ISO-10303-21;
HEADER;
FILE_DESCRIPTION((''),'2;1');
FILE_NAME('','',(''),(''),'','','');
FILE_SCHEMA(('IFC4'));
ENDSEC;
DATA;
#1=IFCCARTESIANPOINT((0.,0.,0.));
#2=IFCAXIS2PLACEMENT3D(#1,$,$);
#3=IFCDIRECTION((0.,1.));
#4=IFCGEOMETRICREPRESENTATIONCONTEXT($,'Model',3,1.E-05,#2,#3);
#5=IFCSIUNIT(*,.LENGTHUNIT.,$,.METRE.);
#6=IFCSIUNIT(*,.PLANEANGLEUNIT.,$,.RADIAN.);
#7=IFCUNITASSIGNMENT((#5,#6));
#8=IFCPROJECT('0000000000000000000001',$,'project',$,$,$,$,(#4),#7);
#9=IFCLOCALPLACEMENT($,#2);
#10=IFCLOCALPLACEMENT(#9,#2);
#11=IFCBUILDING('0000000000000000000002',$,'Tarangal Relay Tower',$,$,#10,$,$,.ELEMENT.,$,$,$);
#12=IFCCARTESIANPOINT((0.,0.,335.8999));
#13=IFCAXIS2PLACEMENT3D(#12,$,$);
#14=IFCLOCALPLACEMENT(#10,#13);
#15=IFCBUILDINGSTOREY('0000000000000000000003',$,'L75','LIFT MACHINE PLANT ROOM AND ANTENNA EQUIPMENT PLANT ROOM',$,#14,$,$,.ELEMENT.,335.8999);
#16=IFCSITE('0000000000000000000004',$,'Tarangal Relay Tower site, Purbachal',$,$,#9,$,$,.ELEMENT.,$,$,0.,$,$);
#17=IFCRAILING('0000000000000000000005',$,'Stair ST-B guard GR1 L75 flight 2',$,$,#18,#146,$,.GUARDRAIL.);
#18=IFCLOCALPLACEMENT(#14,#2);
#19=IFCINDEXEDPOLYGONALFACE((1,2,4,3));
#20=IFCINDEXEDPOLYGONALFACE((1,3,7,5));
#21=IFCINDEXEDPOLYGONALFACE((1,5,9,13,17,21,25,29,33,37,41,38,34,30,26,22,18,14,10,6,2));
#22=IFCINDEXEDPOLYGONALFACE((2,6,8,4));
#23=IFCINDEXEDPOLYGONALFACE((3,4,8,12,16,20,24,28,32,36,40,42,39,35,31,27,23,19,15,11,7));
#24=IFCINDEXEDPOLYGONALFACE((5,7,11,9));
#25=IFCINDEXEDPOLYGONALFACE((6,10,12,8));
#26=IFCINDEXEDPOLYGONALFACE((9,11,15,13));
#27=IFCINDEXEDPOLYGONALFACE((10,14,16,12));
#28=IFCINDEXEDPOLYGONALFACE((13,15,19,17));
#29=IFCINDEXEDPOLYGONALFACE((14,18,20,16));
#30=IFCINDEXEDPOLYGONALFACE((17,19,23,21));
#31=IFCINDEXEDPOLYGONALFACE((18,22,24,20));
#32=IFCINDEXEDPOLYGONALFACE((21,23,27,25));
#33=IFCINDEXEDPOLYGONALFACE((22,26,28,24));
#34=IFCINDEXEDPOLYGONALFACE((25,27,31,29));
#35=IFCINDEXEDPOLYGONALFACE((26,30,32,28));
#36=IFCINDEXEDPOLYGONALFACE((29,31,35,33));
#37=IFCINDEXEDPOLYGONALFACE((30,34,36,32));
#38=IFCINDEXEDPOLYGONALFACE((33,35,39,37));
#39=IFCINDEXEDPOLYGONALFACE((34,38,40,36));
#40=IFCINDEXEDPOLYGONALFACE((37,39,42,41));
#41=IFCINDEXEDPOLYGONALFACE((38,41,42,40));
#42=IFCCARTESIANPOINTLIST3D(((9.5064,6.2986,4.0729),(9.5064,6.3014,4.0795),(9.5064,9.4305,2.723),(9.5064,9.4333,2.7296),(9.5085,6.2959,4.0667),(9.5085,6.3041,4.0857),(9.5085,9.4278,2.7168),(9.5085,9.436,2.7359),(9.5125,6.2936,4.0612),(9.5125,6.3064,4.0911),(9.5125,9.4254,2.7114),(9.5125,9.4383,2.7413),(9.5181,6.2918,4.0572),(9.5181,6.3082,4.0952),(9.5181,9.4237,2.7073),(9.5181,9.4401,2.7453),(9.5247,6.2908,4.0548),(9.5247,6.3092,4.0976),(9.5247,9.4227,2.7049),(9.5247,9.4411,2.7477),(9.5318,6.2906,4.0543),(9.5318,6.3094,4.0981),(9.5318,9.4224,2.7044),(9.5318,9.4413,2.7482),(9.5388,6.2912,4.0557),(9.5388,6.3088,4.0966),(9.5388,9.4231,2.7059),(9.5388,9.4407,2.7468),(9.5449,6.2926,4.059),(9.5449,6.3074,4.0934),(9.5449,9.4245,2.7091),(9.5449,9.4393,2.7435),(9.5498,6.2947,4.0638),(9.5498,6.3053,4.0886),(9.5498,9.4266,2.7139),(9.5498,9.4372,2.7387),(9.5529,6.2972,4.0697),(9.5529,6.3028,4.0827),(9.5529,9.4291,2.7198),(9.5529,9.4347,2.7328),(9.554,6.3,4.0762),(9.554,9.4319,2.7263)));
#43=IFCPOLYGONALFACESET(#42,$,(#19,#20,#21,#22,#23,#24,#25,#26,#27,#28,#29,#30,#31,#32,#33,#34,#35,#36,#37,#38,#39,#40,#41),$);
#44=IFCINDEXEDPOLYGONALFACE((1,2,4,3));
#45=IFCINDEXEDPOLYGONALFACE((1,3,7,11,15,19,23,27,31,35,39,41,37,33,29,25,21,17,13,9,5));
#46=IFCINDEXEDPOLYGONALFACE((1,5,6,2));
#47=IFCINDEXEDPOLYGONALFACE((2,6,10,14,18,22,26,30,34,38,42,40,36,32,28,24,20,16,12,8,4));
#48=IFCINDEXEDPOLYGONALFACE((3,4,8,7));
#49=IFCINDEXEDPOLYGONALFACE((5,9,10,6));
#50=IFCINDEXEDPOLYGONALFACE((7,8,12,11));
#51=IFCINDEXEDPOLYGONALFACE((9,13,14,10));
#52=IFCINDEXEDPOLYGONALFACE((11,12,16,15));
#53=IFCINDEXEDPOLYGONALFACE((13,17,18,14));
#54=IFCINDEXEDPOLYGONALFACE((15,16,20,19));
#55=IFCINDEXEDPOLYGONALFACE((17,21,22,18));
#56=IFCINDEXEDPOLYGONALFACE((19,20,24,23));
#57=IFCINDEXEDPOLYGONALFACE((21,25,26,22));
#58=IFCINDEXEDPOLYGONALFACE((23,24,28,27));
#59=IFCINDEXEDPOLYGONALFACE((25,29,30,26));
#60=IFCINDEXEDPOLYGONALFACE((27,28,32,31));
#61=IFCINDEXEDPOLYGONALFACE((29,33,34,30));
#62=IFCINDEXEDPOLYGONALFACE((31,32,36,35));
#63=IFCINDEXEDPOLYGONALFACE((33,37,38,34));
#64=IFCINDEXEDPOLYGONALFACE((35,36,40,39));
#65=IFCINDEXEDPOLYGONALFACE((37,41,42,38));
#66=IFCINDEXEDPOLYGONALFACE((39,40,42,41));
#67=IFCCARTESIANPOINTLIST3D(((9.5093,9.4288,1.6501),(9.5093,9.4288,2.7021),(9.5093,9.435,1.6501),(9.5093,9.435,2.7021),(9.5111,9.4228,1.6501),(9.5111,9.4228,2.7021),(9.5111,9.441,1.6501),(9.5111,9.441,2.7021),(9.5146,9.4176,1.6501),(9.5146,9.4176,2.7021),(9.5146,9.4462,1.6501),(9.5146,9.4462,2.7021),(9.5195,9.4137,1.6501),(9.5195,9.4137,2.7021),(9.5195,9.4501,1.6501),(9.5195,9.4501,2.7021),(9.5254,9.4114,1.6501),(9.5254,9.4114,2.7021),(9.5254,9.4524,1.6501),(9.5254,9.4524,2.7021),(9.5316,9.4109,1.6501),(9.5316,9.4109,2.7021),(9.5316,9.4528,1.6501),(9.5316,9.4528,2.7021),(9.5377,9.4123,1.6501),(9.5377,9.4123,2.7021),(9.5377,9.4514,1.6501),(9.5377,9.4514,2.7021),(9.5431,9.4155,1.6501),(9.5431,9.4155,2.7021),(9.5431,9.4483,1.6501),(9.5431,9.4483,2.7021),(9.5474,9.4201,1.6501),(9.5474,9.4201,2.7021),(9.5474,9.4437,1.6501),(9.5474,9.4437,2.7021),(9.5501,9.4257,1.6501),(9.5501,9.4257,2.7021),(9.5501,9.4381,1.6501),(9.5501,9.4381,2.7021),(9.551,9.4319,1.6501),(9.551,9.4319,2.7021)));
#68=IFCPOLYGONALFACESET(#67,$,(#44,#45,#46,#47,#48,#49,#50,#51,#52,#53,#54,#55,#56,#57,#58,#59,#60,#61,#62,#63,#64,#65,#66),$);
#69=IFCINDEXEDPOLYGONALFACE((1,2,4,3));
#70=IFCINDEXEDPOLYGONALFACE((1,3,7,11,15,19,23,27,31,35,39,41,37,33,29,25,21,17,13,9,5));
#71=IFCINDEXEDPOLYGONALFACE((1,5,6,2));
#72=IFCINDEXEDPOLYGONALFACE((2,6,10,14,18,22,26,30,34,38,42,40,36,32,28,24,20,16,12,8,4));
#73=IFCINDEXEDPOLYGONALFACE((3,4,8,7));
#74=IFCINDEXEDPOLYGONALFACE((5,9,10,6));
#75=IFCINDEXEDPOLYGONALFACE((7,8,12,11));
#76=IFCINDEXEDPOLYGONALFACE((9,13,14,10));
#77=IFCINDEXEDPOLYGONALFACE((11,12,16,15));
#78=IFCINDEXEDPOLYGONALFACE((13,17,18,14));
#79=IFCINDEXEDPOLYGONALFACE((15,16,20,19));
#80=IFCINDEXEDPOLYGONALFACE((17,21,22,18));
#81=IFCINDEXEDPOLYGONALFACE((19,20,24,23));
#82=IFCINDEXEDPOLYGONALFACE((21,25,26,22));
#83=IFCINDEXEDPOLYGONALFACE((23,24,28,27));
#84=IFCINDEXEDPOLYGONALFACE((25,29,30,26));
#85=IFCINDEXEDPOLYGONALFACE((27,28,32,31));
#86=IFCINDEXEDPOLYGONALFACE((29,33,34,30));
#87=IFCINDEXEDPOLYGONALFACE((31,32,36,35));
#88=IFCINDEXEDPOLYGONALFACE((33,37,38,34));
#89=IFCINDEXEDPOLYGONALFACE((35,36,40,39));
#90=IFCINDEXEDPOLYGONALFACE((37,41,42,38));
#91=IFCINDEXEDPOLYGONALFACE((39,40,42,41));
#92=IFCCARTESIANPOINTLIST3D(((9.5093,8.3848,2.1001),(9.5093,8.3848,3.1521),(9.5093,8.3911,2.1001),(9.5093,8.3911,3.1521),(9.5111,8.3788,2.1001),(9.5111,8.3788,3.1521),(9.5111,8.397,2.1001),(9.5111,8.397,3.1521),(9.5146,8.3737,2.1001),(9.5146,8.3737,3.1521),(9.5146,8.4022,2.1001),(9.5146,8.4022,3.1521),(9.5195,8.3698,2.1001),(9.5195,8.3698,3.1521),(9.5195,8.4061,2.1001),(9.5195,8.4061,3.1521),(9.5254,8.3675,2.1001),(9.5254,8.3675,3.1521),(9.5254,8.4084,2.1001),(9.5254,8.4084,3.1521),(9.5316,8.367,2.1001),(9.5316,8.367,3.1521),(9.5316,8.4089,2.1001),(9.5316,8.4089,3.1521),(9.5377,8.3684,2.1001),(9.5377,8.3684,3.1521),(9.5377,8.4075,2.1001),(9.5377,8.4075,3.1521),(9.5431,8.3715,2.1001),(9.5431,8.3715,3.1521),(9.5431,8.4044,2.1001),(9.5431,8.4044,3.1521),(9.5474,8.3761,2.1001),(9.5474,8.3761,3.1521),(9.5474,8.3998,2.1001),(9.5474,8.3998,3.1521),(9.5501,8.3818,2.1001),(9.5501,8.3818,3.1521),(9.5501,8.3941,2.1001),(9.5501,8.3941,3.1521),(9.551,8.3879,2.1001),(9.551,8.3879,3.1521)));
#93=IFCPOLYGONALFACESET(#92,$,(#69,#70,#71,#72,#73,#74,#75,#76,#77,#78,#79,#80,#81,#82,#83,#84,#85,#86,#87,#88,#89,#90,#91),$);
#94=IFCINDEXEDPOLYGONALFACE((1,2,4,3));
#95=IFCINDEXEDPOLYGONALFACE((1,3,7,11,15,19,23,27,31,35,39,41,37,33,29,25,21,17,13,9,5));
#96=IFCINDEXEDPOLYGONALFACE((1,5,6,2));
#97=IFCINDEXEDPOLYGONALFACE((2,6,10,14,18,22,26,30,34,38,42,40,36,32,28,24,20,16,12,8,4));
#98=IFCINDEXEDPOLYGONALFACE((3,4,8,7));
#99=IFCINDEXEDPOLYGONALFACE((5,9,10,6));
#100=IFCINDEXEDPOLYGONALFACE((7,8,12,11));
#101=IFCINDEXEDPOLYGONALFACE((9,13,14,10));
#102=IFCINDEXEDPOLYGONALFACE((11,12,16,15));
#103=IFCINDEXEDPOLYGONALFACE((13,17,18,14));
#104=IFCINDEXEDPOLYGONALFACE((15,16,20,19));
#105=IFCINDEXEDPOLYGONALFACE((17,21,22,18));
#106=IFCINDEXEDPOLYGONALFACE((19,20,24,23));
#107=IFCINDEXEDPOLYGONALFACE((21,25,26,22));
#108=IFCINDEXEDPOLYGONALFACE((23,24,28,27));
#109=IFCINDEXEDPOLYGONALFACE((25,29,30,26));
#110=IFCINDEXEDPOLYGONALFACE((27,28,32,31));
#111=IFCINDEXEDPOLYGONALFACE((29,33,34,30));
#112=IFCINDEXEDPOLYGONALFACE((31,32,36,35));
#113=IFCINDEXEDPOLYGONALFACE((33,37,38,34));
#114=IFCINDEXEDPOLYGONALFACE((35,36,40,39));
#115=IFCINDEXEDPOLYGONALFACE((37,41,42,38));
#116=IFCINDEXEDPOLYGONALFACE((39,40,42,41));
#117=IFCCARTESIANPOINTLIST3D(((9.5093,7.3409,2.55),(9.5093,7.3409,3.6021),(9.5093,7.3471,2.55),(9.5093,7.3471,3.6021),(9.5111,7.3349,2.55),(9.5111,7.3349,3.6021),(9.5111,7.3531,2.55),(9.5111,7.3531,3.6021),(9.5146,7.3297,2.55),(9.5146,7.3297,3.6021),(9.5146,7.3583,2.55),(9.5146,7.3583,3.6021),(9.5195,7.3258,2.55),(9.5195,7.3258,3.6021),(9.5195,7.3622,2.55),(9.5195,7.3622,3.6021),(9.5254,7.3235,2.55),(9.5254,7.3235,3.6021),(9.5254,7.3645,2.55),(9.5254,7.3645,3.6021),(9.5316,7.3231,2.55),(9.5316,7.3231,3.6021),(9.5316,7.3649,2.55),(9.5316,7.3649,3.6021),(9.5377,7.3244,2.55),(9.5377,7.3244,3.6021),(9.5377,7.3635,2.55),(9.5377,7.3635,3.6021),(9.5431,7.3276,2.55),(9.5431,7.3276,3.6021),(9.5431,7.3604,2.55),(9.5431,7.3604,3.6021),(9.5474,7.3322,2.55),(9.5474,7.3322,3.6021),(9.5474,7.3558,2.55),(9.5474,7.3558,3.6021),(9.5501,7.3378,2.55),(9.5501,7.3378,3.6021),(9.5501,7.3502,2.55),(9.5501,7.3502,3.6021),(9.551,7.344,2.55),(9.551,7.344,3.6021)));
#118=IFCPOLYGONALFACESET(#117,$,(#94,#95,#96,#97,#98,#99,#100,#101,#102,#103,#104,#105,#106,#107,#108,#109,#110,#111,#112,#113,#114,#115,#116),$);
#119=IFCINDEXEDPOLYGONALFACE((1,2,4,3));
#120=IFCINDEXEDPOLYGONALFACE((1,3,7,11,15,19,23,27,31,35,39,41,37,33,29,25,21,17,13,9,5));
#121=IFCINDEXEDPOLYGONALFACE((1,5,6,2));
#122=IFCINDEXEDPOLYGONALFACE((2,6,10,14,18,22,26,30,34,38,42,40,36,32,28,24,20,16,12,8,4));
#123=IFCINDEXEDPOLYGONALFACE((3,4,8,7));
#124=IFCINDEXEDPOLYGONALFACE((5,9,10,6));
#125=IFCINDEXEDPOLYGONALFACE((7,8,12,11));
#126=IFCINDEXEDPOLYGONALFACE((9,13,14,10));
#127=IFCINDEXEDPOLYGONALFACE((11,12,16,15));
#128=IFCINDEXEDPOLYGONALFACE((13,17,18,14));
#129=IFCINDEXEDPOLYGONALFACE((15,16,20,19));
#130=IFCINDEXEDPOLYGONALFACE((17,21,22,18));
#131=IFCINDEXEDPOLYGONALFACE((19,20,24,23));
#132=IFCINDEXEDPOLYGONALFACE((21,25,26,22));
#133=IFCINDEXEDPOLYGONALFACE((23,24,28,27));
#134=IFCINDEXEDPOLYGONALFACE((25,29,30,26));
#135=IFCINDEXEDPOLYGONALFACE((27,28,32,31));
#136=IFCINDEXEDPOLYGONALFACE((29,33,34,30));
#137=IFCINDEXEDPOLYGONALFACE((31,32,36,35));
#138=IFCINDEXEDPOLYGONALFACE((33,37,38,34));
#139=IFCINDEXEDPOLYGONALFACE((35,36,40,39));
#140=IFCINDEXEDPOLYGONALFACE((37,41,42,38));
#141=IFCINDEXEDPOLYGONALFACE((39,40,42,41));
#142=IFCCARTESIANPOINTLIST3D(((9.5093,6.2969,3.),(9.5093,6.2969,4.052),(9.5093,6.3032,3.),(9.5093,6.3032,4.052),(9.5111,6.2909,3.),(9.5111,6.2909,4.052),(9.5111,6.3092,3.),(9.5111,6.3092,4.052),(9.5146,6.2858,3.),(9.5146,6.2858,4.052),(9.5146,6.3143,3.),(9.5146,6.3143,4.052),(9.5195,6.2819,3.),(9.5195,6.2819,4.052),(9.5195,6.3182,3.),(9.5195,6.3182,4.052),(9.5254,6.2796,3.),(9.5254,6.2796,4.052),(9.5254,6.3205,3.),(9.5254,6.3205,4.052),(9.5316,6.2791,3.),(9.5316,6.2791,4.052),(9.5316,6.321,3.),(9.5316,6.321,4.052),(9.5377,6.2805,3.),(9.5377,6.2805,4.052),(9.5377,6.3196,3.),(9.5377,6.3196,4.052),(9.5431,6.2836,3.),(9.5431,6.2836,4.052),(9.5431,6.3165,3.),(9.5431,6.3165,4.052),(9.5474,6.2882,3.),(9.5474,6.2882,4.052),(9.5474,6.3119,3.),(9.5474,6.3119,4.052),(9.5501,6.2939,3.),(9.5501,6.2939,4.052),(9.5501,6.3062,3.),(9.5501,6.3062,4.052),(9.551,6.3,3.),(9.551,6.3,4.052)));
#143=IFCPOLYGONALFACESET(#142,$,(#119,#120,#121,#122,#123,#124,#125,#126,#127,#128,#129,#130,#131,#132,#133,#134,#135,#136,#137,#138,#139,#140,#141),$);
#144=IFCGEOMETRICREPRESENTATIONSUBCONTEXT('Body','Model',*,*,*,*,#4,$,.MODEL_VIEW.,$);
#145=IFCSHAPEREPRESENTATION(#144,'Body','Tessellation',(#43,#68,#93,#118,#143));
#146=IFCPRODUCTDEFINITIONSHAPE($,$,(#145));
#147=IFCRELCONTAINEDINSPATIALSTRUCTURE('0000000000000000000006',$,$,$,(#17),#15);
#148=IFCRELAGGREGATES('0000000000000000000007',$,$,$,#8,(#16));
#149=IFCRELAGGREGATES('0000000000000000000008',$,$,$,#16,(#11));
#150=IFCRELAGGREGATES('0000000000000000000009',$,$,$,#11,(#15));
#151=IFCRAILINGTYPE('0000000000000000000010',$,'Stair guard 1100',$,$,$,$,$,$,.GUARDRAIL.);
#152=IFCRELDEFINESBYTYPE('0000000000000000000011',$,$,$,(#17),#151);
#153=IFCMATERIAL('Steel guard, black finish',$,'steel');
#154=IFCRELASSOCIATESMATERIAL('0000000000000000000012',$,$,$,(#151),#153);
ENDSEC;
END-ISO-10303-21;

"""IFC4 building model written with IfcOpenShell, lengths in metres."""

from ifc_helpers import new_model, si_unit, direction, frame, origin, origin_2d, place, context, subcontext, project, spatial, circle, extrude, material, type_object, element, save


model = new_model("IFC4")

# Units and contexts
model_context = context("Model", 3, precision=1e-05, world=origin(), true_north=direction((0.0, 1.0)))
body_context = subcontext(model_context, "Body", "Model", "MODEL_VIEW")
ifc_project = project(units=[si_unit("LENGTHUNIT", "METRE"), si_unit("PLANEANGLEUNIT", "RADIAN")], contexts=[model_context])

# Site, building, storey
site_placement = place(None, origin())
site = spatial("IfcSite", under=ifc_project, at=site_placement, Name="Tarangal Relay Tower site, Purbachal", CompositionType="ELEMENT", RefElevation=0.0)
building_placement = place(site_placement, origin())
building = spatial("IfcBuilding", under=site, at=building_placement, Name="Tarangal Relay Tower", CompositionType="ELEMENT")
storey_placement = place(building_placement, frame((0.0, 0.0, 335.8999)))
storey = spatial("IfcBuildingStorey", under=building, at=storey_placement, Name="L75", Description="LIFT MACHINE PLANT ROOM AND ANTENNA EQUIPMENT PLANT ROOM", CompositionType="ELEMENT", Elevation=335.8999)

# Railing
ifc_material_1 = material(Name="Steel guard, black finish", Category="steel")
railing_type_1 = type_object("IfcRailingType", Name="Stair guard 1100", PredefinedType="GUARDRAIL", material=ifc_material_1)
railing_1_placement = place(storey_placement, frame((9.53, 9.4319, 1.6501)))
element("IfcRailing", 1, at=railing_1_placement, inside=storey, type_object=railing_type_1, Name="Stair ST-B guard GR1 L75 flight 2", PredefinedType="GUARDRAIL", context=body_context, shape_type="SweptSolid", body=[
    extrude(circle(Radius=0.0239, at=origin_2d()), frame((0.0, 0.0, 1.0762), z_axis=(0.0, -0.918332, 0.395811), x_axis=(1.0, 0.0, 0.0)), (0.0, 0.0, 1.0), 3.4104),
    extrude(circle(Radius=0.021, at=origin_2d()), origin(), (0.0, 0.0, 1.0), 1.052),
    extrude(circle(Radius=0.021, at=origin_2d()), frame((0.0, -1.0439, 0.45)), (0.0, 0.0, 1.0), 1.052),
    extrude(circle(Radius=0.021, at=origin_2d()), frame((0.0, -2.0879, 0.8999)), (0.0, 0.0, 1.0), 1.052),
    extrude(circle(Radius=0.021, at=origin_2d()), frame((0.0, -3.1318, 1.3499)), (0.0, 0.0, 1.0), 1.052),
])

save(model, "model.ifc")
